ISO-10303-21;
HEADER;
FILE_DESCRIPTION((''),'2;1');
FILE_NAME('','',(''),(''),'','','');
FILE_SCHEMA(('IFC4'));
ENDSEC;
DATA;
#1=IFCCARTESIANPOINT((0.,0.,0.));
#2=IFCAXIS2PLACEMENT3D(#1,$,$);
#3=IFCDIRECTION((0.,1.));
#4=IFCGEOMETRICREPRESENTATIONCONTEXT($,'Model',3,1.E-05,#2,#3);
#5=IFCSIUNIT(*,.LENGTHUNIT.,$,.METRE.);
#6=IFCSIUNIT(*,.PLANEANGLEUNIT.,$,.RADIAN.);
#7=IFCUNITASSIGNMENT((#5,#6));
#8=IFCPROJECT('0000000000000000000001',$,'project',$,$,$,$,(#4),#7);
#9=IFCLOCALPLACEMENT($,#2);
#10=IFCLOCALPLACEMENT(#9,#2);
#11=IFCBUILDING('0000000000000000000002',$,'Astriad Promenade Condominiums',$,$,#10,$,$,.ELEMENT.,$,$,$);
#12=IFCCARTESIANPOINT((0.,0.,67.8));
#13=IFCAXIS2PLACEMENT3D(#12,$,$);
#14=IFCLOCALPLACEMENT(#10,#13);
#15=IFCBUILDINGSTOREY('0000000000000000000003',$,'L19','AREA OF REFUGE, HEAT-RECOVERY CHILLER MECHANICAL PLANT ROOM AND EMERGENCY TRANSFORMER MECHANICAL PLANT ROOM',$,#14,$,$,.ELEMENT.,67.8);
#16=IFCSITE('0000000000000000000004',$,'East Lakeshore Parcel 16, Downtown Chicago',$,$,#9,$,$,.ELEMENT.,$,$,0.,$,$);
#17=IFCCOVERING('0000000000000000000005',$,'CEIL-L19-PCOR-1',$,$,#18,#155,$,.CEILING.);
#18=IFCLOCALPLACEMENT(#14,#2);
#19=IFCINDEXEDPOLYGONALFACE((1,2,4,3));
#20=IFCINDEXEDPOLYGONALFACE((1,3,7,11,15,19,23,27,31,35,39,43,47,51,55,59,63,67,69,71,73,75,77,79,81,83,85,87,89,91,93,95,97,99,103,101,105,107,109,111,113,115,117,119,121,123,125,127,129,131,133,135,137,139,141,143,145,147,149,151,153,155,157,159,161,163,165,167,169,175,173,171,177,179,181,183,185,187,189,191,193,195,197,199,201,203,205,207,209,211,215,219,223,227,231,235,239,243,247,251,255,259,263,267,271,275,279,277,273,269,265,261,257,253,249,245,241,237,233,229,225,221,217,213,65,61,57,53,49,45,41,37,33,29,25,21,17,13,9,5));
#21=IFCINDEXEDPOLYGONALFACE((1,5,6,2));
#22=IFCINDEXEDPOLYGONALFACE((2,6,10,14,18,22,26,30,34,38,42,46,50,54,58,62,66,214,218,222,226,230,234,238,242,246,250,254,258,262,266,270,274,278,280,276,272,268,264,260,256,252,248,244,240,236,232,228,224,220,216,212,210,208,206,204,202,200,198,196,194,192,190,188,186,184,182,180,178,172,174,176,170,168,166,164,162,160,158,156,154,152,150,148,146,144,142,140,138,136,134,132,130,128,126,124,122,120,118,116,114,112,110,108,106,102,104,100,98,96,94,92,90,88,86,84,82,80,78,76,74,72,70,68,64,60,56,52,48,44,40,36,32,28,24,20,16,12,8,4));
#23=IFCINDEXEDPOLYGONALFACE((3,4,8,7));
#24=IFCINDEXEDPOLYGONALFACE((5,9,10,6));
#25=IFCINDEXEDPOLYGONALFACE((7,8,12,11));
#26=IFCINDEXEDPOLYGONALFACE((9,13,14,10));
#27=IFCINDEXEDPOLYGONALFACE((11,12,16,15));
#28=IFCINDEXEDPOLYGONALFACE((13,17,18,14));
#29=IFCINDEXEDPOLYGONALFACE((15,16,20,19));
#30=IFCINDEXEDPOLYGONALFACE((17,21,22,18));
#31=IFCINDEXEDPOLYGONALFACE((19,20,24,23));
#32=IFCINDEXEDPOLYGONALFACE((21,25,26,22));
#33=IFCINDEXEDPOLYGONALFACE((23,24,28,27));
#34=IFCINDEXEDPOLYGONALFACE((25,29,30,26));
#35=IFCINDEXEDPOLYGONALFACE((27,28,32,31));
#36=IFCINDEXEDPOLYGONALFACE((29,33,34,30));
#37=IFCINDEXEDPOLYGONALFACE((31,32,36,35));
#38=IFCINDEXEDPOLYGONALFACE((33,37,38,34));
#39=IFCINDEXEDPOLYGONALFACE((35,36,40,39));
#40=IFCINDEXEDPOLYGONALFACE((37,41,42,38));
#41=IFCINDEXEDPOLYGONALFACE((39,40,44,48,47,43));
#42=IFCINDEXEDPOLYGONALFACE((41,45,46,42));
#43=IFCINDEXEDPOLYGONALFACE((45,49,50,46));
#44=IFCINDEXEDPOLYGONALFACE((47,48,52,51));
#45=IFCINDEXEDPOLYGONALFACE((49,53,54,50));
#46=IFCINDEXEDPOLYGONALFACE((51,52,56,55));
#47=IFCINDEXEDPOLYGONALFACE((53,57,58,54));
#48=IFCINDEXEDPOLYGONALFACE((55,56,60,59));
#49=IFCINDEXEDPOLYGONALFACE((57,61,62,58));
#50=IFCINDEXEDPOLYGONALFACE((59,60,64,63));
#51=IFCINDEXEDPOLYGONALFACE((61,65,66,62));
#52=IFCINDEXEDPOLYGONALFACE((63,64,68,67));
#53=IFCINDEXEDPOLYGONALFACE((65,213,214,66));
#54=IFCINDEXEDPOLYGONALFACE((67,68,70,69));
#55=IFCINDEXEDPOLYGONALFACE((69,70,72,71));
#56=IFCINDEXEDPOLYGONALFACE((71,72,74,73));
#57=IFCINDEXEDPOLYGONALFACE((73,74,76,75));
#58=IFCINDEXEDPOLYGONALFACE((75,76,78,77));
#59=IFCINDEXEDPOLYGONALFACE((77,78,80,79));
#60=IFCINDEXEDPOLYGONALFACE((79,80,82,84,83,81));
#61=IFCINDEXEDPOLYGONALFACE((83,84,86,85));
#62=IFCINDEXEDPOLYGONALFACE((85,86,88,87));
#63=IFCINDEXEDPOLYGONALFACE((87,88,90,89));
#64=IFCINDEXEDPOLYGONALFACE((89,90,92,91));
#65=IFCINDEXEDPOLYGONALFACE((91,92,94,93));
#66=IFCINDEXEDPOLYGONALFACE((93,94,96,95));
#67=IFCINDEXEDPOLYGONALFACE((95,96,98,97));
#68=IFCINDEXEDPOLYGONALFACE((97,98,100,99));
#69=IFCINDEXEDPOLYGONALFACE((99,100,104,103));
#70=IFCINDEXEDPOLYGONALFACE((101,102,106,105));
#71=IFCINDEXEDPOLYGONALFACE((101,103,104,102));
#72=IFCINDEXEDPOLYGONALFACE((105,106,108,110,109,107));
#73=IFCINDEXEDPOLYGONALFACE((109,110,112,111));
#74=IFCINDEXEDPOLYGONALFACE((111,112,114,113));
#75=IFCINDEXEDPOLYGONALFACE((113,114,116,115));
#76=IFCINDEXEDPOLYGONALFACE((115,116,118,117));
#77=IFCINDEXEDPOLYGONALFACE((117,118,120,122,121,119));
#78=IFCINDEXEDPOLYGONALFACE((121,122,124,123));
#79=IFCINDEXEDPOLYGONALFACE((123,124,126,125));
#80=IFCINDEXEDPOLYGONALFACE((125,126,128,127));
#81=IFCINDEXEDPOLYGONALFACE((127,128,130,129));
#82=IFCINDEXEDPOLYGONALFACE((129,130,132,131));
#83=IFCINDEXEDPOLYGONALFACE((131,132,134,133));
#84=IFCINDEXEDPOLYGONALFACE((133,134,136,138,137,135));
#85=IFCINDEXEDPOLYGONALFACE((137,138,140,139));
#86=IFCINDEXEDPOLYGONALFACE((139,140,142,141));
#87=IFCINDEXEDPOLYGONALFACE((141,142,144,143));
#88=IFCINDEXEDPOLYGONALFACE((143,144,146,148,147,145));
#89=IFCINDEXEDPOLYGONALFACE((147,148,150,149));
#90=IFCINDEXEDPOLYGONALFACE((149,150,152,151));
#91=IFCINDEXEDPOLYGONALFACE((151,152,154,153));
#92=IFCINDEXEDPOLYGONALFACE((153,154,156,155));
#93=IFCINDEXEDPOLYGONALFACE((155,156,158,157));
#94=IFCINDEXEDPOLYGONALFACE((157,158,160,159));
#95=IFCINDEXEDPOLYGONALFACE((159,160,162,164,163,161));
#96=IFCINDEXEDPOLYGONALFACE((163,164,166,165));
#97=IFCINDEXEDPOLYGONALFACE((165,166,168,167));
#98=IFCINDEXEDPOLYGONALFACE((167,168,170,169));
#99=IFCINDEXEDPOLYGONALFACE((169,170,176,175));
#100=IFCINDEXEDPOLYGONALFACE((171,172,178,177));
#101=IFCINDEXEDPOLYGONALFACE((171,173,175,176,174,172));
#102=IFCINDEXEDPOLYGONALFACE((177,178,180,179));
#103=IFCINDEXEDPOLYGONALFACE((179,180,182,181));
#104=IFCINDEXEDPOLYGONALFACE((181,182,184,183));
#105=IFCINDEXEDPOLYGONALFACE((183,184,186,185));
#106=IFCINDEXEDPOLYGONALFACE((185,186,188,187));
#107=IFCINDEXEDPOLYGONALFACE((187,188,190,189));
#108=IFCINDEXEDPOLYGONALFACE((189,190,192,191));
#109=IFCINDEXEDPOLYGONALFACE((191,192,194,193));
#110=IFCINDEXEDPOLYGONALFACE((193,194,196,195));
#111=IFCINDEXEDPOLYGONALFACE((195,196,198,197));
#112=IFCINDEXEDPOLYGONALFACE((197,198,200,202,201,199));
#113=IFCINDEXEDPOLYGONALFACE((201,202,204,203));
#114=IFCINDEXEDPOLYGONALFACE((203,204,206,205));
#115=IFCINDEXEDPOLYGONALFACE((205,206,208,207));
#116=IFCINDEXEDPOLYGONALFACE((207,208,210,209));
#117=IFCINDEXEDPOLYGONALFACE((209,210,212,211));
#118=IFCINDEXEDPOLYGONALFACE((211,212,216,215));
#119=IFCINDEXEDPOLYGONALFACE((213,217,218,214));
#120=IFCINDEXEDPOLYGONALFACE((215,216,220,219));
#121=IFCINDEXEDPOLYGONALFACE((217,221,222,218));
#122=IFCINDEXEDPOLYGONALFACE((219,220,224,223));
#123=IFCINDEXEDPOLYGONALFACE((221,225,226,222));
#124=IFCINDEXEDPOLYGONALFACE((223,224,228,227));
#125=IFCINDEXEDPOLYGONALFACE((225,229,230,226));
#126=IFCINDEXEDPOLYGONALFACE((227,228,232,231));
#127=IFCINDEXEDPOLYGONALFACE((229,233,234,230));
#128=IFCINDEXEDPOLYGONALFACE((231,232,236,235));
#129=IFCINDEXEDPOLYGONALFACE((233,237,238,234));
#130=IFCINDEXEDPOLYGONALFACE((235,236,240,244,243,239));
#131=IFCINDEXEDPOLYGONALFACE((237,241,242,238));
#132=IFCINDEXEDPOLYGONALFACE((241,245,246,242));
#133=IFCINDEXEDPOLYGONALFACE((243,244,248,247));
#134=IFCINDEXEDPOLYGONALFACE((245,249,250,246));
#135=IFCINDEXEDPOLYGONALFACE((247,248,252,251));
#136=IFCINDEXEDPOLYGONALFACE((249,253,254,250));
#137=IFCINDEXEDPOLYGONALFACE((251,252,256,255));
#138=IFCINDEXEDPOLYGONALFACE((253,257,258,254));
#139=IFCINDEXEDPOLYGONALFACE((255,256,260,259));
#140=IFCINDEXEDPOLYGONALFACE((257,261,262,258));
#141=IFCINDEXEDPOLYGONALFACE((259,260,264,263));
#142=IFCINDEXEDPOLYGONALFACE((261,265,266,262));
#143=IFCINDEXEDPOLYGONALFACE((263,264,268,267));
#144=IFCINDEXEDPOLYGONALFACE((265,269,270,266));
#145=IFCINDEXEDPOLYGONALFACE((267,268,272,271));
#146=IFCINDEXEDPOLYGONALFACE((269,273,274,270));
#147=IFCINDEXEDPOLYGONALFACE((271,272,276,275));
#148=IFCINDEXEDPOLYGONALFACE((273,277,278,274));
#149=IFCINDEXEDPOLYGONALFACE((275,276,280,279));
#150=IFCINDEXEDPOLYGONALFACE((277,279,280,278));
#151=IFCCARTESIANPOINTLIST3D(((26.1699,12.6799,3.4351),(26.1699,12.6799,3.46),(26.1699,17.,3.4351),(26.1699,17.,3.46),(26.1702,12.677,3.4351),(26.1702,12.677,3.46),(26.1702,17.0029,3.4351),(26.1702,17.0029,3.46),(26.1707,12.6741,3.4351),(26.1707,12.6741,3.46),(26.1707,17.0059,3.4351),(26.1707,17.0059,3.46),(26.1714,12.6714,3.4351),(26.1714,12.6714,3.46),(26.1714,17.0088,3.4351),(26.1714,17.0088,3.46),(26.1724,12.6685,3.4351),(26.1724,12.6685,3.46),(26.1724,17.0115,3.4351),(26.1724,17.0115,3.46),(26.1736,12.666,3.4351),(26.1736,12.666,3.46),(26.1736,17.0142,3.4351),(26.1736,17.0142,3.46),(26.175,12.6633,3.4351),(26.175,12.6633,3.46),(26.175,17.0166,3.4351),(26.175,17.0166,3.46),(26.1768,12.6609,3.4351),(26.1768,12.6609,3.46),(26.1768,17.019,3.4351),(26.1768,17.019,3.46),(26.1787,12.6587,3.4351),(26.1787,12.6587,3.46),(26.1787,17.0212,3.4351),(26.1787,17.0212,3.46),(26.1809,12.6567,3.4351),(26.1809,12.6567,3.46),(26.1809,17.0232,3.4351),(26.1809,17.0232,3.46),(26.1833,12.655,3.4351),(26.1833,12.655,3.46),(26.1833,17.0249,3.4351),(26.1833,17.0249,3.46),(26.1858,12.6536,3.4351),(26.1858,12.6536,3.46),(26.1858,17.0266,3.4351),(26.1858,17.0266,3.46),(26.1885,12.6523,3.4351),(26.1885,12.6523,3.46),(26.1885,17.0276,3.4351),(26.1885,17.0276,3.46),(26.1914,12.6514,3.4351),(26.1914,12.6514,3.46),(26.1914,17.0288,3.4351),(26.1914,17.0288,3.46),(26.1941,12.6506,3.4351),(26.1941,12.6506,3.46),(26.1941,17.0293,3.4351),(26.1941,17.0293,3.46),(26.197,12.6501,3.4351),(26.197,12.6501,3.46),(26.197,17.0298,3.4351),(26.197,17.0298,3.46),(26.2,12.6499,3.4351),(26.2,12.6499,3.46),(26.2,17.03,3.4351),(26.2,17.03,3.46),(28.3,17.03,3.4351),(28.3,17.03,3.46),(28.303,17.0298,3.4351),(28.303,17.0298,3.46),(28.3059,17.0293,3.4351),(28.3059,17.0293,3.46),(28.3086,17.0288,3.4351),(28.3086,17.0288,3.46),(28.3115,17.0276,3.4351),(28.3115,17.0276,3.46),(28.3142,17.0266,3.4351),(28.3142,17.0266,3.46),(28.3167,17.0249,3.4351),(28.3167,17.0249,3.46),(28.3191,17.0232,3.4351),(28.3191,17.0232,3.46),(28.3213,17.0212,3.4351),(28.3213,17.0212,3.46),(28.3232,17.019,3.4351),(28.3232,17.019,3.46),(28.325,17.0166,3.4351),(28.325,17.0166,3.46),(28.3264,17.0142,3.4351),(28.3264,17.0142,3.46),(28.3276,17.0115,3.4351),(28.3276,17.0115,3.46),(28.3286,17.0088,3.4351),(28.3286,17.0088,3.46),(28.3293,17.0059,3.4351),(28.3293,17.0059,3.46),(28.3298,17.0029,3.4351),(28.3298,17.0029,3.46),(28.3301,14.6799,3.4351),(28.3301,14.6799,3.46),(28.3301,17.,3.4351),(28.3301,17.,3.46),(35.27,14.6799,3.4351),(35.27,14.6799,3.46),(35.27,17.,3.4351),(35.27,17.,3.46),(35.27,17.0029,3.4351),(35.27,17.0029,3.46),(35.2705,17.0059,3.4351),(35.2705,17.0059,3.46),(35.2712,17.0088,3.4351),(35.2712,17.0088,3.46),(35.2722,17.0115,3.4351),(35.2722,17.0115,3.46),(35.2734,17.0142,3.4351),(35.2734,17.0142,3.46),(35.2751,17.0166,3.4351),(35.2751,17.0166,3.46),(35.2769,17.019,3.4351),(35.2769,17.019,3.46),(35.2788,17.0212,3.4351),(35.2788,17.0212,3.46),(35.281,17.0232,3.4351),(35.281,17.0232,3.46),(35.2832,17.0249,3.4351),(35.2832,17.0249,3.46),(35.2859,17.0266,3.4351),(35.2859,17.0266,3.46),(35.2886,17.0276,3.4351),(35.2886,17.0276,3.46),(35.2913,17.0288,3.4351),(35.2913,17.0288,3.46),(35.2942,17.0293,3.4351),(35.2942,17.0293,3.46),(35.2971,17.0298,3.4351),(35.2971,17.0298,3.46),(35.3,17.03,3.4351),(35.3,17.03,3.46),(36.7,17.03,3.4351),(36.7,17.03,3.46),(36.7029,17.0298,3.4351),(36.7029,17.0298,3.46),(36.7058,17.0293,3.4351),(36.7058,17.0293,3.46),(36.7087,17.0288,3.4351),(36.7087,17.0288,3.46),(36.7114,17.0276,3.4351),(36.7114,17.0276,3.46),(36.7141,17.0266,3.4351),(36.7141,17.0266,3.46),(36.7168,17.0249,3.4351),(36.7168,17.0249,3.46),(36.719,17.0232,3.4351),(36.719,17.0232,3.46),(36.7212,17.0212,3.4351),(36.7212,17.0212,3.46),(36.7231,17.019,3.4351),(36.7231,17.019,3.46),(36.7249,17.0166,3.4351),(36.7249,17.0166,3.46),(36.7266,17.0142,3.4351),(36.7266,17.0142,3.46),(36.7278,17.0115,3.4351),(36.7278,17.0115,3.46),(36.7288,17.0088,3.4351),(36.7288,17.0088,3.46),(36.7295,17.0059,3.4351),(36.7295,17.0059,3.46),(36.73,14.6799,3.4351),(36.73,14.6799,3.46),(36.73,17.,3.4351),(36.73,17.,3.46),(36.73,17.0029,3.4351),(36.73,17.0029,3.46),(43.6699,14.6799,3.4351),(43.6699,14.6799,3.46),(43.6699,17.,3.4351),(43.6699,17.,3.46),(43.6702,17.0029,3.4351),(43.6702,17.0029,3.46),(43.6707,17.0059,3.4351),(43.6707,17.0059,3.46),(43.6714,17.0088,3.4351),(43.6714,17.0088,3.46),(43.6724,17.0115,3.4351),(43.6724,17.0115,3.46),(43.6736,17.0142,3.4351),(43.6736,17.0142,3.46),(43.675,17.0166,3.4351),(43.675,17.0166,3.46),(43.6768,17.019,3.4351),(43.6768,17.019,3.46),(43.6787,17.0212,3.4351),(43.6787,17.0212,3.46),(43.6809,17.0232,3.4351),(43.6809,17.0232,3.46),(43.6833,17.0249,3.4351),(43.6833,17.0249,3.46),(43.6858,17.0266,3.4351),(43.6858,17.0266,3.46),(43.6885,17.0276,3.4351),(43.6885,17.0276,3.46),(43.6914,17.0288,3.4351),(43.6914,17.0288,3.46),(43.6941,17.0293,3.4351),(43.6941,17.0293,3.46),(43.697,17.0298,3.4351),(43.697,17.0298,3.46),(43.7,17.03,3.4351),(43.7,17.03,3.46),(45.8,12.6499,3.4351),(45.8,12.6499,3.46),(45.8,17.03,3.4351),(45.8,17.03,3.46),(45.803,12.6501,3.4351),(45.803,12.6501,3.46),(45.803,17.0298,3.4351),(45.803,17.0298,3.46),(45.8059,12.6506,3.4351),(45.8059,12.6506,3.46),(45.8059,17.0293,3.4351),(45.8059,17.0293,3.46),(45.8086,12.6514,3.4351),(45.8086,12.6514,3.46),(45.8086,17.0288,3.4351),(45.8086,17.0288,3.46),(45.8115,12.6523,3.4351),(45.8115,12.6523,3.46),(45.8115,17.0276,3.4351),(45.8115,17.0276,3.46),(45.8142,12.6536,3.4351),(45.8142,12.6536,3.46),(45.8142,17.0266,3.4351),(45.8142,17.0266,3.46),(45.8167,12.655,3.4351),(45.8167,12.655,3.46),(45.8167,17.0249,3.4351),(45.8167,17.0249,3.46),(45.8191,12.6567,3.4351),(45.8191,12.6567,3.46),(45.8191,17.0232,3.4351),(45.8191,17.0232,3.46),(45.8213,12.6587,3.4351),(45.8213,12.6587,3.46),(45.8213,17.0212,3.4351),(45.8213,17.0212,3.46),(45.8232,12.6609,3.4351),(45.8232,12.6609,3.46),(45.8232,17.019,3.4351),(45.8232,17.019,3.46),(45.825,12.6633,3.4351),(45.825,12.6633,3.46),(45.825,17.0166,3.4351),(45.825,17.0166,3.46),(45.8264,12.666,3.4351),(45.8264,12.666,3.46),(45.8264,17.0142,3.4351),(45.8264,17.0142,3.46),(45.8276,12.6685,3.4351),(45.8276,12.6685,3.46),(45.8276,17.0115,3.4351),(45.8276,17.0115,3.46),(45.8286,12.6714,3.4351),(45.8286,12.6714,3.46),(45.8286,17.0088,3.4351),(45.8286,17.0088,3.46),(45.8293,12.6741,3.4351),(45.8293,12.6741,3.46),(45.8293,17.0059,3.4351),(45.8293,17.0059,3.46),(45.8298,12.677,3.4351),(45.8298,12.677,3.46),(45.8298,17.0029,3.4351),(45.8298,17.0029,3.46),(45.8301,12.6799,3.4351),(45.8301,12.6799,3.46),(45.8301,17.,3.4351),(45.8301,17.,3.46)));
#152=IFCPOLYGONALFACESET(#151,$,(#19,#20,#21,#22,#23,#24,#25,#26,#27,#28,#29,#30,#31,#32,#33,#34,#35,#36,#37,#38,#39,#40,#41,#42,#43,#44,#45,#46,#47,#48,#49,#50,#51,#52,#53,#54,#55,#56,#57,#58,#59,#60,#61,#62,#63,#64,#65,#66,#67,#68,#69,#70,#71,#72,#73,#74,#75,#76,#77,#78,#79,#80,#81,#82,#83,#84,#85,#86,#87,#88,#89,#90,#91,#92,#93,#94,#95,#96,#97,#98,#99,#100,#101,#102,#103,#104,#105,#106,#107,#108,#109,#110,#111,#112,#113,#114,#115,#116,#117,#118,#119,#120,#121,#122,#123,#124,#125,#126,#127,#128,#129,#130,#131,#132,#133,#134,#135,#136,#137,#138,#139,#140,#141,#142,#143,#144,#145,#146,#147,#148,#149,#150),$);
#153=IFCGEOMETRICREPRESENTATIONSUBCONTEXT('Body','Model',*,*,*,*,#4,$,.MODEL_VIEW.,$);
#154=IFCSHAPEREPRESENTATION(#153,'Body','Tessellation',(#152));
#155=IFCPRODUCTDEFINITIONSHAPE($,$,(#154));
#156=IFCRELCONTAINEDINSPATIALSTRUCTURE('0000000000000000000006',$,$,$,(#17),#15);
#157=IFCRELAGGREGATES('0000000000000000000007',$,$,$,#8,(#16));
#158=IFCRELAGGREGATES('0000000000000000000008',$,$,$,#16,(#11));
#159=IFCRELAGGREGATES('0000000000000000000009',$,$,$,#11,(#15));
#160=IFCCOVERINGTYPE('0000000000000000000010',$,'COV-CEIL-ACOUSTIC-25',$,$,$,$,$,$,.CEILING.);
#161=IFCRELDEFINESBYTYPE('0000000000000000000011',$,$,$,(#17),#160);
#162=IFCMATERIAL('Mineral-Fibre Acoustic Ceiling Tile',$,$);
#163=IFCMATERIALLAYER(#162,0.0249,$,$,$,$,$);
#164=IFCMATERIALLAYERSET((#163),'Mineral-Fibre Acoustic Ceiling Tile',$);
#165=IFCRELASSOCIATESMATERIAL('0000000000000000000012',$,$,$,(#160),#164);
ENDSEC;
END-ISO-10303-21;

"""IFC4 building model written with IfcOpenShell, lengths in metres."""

from ifc_helpers import new_model, si_unit, direction, frame, origin, place, context, subcontext, project, spatial, polyline, outline, extrude, material, layer, layer_set, type_object, element, save


model = new_model("IFC4")

# Units and contexts
model_context = context("Model", 3, precision=1e-05, world=origin(), true_north=direction((0.0, 1.0)))
body_context = subcontext(model_context, "Body", "Model", "MODEL_VIEW")
ifc_project = project(units=[si_unit("LENGTHUNIT", "METRE"), si_unit("PLANEANGLEUNIT", "RADIAN")], contexts=[model_context])

# Site, building, storey
site_placement = place(None, origin())
site = spatial("IfcSite", under=ifc_project, at=site_placement, Name="East Lakeshore Parcel 16, Downtown Chicago", CompositionType="ELEMENT", RefElevation=0.0)
building_placement = place(site_placement, origin())
building = spatial("IfcBuilding", under=site, at=building_placement, Name="Astriad Promenade Condominiums", CompositionType="ELEMENT")
storey_placement = place(building_placement, frame((0.0, 0.0, 67.8)))
storey = spatial("IfcBuildingStorey", under=building, at=storey_placement, Name="L19", Description="AREA OF REFUGE, HEAT-RECOVERY CHILLER MECHANICAL PLANT ROOM AND EMERGENCY TRANSFORMER MECHANICAL PLANT ROOM", CompositionType="ELEMENT", Elevation=67.8)

# Covering
ifc_material_1 = material(Name="Mineral-Fibre Acoustic Ceiling Tile")
ifc_layer_1 = layer(ifc_material_1, 0.0249)
ifc_layer_set_1 = layer_set([ifc_layer_1], Name="Mineral-Fibre Acoustic Ceiling Tile")
covering_type_1 = type_object("IfcCoveringType", Name="COV-CEIL-ACOUSTIC-25", PredefinedType="CEILING", material=ifc_layer_set_1)
covering_1_placement = place(storey_placement, frame((0.0, 0.0, 3.4351)))
element("IfcCovering", 1, at=covering_1_placement, inside=storey, type_object=covering_type_1, Name="CEIL-L19-PCOR-1", PredefinedType="CEILING", context=body_context, shape_type="SweptSolid", body=[
    extrude(outline(polyline([(26.1699, 17.0), (26.1702, 17.0029), (26.1707, 17.0059), (26.1714, 17.0088), (26.1724, 17.0115), (26.1736, 17.0142), (26.175, 17.0166), (26.1768, 17.019), (26.1787, 17.0212), (26.1809, 17.0232), (26.1833, 17.0249), (26.1858, 17.0266), (26.1885, 17.0276), (26.1914, 17.0288), (26.1941, 17.0293), (26.197, 17.0298), (26.2, 17.03), (28.3, 17.03), (28.303, 17.0298), (28.3059, 17.0293), (28.3086, 17.0288), (28.3115, 17.0276), (28.3142, 17.0266), (28.3167, 17.0249), (28.3191, 17.0232), (28.3213, 17.0212), (28.3232, 17.019), (28.325, 17.0166), (28.3264, 17.0142), (28.3276, 17.0115), (28.3286, 17.0088), (28.3293, 17.0059), (28.3298, 17.0029), (28.3301, 17.0), (28.3301, 14.6799), (35.27, 14.6799), (35.27, 17.0), (35.27, 17.0029), (35.2705, 17.0059), (35.2712, 17.0088), (35.2722, 17.0115), (35.2734, 17.0142), (35.2751, 17.0166), (35.2769, 17.019), (35.2788, 17.0212), (35.281, 17.0232), (35.2832, 17.0249), (35.2859, 17.0266), (35.2886, 17.0276), (35.2913, 17.0288), (35.2942, 17.0293), (35.2971, 17.0298), (35.3, 17.03), (36.7, 17.03), (36.7029, 17.0298), (36.7058, 17.0293), (36.7087, 17.0288), (36.7114, 17.0276), (36.7141, 17.0266), (36.7168, 17.0249), (36.719, 17.0232), (36.7212, 17.0212), (36.7231, 17.019), (36.7249, 17.0166), (36.7266, 17.0142), (36.7278, 17.0115), (36.7288, 17.0088), (36.7295, 17.0059), (36.73, 17.0029), (36.73, 17.0), (36.73, 14.6799), (43.6699, 14.6799), (43.6699, 17.0), (43.6702, 17.0029), (43.6707, 17.0059), (43.6714, 17.0088), (43.6724, 17.0115), (43.6736, 17.0142), (43.675, 17.0166), (43.6768, 17.019), (43.6787, 17.0212), (43.6809, 17.0232), (43.6833, 17.0249), (43.6858, 17.0266), (43.6885, 17.0276), (43.6914, 17.0288), (43.6941, 17.0293), (43.697, 17.0298), (43.7, 17.03), (45.8, 17.03), (45.803, 17.0298), (45.8059, 17.0293), (45.8086, 17.0288), (45.8115, 17.0276), (45.8142, 17.0266), (45.8167, 17.0249), (45.8191, 17.0232), (45.8213, 17.0212), (45.8232, 17.019), (45.825, 17.0166), (45.8264, 17.0142), (45.8276, 17.0115), (45.8286, 17.0088), (45.8293, 17.0059), (45.8298, 17.0029), (45.8301, 17.0), (45.8301, 12.6799), (45.8298, 12.677), (45.8293, 12.6741), (45.8286, 12.6714), (45.8276, 12.6685), (45.8264, 12.666), (45.825, 12.6633), (45.8232, 12.6609), (45.8213, 12.6587), (45.8191, 12.6567), (45.8167, 12.655), (45.8142, 12.6536), (45.8115, 12.6523), (45.8086, 12.6514), (45.8059, 12.6506), (45.803, 12.6501), (45.8, 12.6499), (26.2, 12.6499), (26.197, 12.6501), (26.1941, 12.6506), (26.1914, 12.6514), (26.1885, 12.6523), (26.1858, 12.6536), (26.1833, 12.655), (26.1809, 12.6567), (26.1787, 12.6587), (26.1768, 12.6609), (26.175, 12.6633), (26.1736, 12.666), (26.1724, 12.6685), (26.1714, 12.6714), (26.1707, 12.6741), (26.1702, 12.677), (26.1699, 12.6799), (26.1699, 17.0)])), origin(), (0.0, 0.0, 1.0), 0.0249),
])

save(model, "model.ifc")
